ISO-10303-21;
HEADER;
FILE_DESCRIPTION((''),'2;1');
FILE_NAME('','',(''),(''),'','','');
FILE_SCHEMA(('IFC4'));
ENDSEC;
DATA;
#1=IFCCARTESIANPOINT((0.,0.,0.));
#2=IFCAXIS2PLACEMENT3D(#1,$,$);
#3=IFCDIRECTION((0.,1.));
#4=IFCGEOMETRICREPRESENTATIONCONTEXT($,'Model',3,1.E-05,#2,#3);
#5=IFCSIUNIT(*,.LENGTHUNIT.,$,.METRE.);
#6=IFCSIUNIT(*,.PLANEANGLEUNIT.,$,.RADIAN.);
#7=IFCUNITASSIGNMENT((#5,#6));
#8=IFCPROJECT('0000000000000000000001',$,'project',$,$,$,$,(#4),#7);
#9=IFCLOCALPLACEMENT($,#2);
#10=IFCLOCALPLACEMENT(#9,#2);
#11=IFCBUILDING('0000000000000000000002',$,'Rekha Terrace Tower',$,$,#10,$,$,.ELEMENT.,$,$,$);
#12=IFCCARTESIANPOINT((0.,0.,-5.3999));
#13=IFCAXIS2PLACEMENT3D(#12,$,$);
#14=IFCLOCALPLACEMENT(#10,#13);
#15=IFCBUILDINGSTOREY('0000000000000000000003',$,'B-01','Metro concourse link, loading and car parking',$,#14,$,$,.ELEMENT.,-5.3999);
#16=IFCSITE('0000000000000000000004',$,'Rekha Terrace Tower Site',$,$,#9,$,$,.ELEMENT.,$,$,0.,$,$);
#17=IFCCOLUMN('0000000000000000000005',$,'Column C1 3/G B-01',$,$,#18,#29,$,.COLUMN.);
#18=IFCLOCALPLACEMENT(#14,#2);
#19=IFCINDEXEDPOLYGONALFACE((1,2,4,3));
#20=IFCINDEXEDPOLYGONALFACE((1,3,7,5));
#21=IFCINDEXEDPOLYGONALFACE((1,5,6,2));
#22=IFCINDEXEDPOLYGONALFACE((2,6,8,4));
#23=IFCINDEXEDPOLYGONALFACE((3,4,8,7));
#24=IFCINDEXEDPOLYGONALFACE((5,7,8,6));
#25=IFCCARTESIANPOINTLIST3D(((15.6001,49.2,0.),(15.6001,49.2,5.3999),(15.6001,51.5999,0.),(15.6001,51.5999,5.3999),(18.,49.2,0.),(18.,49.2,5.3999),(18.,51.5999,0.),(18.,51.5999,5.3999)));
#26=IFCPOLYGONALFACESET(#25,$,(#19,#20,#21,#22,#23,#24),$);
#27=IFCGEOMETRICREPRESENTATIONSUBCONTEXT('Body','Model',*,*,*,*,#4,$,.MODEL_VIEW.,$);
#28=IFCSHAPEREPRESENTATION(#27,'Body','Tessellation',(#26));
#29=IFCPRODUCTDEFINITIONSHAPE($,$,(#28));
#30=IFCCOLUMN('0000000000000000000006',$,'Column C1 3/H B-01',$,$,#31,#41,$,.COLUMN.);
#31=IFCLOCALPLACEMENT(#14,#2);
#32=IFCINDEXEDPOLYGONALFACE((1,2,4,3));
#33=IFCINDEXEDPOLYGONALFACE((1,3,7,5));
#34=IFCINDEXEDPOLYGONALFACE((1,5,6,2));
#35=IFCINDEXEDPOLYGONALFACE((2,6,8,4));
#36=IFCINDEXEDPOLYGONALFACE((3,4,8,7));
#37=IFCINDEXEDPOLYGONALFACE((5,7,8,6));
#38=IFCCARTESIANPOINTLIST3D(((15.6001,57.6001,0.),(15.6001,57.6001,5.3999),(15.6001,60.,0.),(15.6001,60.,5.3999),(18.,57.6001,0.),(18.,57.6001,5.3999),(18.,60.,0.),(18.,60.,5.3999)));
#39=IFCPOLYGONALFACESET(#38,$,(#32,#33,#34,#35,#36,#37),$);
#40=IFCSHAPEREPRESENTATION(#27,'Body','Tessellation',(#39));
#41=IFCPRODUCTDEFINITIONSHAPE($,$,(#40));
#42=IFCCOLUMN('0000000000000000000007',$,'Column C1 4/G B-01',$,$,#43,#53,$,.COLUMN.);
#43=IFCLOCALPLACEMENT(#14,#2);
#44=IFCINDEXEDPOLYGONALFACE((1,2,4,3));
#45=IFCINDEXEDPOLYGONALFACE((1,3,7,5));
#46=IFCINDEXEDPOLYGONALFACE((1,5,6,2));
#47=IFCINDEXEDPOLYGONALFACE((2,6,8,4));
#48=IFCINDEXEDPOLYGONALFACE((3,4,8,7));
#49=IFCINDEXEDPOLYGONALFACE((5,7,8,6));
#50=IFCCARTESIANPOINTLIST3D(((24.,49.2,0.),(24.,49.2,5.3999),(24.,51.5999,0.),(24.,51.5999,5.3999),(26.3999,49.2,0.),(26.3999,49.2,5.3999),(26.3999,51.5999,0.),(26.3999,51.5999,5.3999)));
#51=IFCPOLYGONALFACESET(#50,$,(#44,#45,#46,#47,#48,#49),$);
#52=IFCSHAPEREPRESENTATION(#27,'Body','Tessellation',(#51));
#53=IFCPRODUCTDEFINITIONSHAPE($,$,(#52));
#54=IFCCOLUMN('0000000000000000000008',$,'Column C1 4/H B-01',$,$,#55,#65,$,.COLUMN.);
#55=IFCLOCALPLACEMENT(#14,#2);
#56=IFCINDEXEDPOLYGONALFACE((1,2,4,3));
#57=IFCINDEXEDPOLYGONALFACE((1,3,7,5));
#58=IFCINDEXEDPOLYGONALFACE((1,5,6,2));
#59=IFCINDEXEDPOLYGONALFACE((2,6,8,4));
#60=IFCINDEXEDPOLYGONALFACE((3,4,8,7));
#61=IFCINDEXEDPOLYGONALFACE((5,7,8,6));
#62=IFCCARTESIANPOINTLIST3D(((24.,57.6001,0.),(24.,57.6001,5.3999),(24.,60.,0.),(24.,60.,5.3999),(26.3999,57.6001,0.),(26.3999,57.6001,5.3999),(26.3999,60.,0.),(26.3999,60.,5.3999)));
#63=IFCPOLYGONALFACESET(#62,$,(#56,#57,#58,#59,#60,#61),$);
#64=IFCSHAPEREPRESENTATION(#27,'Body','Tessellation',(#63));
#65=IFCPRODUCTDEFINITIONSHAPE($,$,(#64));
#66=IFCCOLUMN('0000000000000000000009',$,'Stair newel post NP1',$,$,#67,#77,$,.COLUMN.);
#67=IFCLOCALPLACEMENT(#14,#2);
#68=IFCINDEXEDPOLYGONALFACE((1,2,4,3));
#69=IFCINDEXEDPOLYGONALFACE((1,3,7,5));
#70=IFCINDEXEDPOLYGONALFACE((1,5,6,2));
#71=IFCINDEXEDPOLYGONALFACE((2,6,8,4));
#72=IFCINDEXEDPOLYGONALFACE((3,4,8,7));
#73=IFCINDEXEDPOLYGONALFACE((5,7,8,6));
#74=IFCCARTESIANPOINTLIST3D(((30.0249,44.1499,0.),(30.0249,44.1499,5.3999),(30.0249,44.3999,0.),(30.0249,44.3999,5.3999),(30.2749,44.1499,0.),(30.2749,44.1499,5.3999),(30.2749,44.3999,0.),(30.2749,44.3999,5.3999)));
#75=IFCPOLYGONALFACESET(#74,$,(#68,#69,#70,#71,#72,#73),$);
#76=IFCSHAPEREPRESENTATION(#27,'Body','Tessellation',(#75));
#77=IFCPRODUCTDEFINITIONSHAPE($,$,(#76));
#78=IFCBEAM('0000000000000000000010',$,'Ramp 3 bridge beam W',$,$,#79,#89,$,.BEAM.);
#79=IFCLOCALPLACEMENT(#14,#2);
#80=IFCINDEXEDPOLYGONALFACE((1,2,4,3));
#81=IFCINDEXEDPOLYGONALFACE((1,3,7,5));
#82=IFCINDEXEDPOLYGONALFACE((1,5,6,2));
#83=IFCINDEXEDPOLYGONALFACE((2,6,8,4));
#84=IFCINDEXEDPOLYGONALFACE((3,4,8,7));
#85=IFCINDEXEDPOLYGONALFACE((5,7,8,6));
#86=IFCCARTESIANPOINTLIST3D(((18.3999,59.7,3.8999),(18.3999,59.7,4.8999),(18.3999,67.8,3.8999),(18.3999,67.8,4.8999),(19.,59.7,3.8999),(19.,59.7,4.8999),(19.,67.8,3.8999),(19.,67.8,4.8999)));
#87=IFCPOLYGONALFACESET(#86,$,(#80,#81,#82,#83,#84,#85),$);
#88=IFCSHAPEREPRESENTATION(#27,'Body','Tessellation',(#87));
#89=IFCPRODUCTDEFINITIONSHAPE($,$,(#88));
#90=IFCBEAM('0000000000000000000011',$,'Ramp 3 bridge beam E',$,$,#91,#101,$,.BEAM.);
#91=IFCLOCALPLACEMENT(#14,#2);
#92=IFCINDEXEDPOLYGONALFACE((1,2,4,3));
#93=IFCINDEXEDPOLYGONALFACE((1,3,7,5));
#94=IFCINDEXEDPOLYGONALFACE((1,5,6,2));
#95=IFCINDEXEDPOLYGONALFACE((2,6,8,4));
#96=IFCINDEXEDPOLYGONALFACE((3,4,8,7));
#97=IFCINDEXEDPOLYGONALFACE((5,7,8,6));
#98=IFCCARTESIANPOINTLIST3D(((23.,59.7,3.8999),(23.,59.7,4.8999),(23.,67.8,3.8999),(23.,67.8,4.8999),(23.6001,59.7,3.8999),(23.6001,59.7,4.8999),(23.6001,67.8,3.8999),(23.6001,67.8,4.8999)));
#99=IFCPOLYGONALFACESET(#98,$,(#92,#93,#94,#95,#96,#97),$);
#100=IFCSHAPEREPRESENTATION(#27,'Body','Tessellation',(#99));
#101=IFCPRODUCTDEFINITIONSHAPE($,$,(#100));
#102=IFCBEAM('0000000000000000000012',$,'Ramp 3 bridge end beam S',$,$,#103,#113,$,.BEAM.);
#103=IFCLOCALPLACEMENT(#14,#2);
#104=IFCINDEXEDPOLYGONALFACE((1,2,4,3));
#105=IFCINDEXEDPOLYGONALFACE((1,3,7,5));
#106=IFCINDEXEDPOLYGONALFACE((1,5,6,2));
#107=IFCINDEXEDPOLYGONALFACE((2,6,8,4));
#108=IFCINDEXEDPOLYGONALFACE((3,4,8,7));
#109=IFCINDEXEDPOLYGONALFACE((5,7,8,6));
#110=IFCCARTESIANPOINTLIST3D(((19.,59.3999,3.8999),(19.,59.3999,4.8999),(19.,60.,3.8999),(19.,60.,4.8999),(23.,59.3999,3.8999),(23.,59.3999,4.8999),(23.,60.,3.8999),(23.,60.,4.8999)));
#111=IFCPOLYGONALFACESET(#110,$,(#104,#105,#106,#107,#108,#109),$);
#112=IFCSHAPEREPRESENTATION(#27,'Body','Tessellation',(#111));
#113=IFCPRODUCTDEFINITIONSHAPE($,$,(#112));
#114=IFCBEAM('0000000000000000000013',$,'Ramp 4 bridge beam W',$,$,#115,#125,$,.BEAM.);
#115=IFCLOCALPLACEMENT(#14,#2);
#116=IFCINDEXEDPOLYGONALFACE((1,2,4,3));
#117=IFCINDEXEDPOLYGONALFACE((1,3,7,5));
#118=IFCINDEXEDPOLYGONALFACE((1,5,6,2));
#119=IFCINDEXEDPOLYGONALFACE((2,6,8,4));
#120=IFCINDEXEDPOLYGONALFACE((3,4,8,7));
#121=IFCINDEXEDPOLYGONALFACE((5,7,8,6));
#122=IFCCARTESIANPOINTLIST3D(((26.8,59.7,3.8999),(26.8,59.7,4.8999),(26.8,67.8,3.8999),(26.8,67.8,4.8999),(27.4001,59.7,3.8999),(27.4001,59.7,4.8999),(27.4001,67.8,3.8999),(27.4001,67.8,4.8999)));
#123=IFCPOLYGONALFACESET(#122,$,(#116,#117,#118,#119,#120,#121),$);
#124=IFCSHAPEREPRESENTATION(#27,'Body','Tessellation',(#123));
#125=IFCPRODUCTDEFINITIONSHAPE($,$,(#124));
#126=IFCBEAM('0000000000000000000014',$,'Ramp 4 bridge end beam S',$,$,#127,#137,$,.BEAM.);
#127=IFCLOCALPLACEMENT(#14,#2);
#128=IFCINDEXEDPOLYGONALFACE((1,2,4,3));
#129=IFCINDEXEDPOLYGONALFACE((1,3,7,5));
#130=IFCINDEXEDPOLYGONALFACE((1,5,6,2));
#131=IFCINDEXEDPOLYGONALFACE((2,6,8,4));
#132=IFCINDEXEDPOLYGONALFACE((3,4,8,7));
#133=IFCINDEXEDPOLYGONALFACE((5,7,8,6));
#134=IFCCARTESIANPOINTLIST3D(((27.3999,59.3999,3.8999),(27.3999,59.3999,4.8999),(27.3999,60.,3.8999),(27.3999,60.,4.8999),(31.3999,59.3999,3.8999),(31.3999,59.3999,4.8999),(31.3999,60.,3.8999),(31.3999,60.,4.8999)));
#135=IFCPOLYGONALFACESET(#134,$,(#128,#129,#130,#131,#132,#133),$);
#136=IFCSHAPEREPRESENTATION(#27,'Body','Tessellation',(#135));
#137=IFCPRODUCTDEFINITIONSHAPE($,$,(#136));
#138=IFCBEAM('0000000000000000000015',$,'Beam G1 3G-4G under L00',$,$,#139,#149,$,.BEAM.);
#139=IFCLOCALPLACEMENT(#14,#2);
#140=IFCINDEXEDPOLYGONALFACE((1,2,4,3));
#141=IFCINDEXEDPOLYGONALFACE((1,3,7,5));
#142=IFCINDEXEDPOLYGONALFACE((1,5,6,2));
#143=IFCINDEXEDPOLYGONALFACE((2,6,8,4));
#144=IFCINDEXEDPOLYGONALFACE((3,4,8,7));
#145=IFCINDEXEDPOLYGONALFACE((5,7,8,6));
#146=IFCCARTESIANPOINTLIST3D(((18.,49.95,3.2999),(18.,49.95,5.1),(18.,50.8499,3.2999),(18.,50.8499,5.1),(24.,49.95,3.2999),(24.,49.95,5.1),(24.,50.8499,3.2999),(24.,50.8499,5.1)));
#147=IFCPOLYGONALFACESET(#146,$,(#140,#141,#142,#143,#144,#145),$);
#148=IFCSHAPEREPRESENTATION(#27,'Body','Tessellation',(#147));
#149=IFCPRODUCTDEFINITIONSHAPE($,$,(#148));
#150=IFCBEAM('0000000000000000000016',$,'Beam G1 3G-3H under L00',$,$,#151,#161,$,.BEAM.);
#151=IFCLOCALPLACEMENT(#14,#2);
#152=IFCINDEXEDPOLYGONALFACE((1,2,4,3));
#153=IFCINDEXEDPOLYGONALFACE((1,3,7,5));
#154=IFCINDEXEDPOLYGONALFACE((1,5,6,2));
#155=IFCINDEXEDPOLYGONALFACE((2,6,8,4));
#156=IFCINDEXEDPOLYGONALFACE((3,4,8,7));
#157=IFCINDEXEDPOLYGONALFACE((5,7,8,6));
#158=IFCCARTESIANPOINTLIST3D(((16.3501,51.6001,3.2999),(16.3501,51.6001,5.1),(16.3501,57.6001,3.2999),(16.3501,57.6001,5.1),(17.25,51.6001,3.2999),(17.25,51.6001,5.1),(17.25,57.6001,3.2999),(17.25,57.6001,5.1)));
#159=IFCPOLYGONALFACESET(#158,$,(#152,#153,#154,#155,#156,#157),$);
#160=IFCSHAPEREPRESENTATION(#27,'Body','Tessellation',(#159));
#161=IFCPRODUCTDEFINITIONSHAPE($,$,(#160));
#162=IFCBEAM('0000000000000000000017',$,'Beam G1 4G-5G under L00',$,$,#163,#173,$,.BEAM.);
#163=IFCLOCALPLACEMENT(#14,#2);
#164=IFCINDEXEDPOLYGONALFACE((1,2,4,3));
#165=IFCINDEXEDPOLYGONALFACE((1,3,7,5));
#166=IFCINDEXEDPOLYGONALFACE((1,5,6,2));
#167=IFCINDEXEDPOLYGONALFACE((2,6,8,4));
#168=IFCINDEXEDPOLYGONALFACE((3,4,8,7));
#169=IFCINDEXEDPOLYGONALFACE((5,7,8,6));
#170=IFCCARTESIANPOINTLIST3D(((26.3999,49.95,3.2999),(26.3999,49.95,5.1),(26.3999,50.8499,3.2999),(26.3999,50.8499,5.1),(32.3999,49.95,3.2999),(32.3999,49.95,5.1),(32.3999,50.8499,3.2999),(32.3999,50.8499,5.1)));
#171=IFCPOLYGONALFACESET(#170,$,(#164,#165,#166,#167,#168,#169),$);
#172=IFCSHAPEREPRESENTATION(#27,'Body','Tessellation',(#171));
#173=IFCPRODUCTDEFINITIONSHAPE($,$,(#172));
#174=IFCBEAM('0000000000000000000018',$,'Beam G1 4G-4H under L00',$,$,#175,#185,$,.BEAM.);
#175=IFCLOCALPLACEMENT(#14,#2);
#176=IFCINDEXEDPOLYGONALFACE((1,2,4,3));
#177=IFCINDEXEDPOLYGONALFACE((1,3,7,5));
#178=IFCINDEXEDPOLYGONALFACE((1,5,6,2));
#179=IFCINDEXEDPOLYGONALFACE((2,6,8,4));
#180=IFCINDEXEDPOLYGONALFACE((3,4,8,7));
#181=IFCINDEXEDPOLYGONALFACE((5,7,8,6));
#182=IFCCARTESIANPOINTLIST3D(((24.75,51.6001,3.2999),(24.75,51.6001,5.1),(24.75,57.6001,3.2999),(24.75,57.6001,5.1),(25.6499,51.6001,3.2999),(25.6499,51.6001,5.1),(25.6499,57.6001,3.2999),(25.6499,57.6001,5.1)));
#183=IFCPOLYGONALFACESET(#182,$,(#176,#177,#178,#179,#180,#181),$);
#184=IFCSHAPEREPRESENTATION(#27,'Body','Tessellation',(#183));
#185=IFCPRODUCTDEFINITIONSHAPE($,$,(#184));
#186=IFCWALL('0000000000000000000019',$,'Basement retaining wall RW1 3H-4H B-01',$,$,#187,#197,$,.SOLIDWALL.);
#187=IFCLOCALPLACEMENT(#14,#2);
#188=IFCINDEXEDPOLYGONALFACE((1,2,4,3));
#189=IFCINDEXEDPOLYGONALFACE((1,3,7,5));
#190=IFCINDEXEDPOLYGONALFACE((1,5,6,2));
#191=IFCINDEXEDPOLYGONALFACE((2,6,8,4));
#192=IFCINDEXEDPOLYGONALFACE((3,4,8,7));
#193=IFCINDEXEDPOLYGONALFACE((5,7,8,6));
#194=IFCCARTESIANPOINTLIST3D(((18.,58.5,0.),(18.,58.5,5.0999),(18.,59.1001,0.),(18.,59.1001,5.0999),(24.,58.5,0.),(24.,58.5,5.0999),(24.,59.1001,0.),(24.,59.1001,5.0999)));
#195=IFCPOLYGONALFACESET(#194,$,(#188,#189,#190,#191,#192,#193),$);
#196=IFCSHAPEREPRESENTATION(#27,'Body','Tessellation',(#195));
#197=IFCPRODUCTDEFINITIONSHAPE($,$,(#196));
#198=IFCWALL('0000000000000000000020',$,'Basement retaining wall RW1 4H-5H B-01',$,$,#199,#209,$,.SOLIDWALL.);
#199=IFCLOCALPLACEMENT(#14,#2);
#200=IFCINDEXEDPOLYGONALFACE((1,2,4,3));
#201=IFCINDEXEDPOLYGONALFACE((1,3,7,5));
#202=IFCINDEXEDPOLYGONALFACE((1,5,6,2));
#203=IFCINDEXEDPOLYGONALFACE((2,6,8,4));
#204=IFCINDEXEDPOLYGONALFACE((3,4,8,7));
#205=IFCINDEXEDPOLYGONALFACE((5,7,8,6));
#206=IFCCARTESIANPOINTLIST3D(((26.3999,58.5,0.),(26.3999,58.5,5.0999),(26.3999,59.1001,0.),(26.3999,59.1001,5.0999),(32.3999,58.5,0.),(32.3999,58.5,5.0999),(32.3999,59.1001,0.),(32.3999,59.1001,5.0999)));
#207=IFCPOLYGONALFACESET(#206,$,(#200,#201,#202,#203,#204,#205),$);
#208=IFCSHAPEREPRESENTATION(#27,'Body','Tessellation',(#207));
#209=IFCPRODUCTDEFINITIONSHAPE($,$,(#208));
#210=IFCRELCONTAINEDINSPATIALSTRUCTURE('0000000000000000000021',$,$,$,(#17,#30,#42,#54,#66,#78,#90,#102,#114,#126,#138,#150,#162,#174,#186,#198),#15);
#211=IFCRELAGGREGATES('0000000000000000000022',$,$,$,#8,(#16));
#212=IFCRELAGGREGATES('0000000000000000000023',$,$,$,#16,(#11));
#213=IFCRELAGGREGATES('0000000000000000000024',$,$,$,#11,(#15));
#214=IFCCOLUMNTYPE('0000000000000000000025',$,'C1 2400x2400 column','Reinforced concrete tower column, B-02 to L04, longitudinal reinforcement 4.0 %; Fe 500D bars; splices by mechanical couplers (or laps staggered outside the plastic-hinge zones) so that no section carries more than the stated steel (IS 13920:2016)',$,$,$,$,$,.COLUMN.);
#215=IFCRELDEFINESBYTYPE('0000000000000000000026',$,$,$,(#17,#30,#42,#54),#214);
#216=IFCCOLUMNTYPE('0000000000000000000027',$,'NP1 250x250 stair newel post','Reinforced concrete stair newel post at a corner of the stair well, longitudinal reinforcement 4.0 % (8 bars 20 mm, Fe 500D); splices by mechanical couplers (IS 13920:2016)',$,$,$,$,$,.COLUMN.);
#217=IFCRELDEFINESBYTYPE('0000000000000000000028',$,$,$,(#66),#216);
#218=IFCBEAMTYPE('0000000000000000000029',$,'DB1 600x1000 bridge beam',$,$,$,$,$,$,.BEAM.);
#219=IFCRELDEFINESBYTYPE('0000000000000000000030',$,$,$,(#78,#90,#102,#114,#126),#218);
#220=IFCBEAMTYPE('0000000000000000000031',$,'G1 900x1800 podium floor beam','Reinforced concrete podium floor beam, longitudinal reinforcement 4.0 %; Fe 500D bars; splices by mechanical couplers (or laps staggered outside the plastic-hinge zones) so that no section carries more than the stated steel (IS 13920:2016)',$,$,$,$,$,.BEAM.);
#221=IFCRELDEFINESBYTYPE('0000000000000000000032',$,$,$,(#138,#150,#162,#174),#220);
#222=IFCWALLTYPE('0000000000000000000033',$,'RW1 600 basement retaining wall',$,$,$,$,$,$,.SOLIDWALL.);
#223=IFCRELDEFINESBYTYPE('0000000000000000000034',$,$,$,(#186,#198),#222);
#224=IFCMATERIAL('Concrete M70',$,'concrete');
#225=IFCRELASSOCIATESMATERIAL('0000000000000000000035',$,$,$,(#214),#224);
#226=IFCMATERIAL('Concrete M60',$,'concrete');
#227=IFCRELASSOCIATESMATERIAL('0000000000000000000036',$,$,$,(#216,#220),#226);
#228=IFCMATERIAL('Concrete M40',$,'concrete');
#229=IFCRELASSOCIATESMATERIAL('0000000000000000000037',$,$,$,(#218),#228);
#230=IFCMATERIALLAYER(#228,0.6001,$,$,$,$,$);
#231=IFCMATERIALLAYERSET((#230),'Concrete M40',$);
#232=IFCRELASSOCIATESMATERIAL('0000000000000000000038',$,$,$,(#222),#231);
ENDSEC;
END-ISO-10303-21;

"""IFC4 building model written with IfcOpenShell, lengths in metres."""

from ifc_helpers import new_model, si_unit, direction, frame, frame_2d, origin, origin_2d, place, context, subcontext, project, spatial, rectangle, extrude, material, layer, layer_set, material_profile, profile_set, type_object, element, save


model = new_model("IFC4")

# Units and contexts
model_context = context("Model", 3, precision=1e-05, world=origin(), true_north=direction((0.0, 1.0)))
body_context = subcontext(model_context, "Body", "Model", "MODEL_VIEW")
ifc_project = project(units=[si_unit("LENGTHUNIT", "METRE"), si_unit("PLANEANGLEUNIT", "RADIAN")], contexts=[model_context])

# Site, building, storey
site_placement = place(None, origin())
site = spatial("IfcSite", under=ifc_project, at=site_placement, Name="Rekha Terrace Tower Site", CompositionType="ELEMENT", RefElevation=0.0)
building_placement = place(site_placement, origin())
building = spatial("IfcBuilding", under=site, at=building_placement, Name="Rekha Terrace Tower", CompositionType="ELEMENT")
storey_placement = place(building_placement, frame((0.0, 0.0, -5.3999)))
storey = spatial("IfcBuildingStorey", under=building, at=storey_placement, Name="B-01", Description="Metro concourse link, loading and car parking", CompositionType="ELEMENT", Elevation=-5.3999)

# Columns
ifc_material_1 = material(Name="Concrete M70", Category="concrete")
ifc_material_profile_1 = material_profile(ifc_material_1, rectangle(XDim=2.3999, YDim=2.3999, at=origin_2d()), Name="RC 2400x2400")
ifc_profile_set_1 = profile_set([ifc_material_profile_1], Name="Concrete M70")
column_type_1 = type_object("IfcColumnType", Name="C1 2400x2400 column", Description="Reinforced concrete tower column, B-02 to L04, longitudinal reinforcement 4.0 %; Fe 500D bars; splices by mechanical couplers (or laps staggered outside the plastic-hinge zones) so that no section carries more than the stated steel (IS 13920:2016)", PredefinedType="COLUMN", material=ifc_profile_set_1)
for number, where, z_axis, x_axis, name in (
    (1, (16.8, 50.3999, 0.0), (0.0, 0.0, 1.0), (1.0, 0.0, 0.0), "Column C1 3/G B-01"),
    (2, (16.8, 58.8, 0.0), (0.0, 0.0, 1.0), (1.0, 0.0, 0.0), "Column C1 3/H B-01"),
    (3, (25.2, 50.3999, 0.0), (0.0, 0.0, 1.0), (1.0, 0.0, 0.0), "Column C1 4/G B-01"),
    (4, (25.2, 58.8, 0.0), (0.0, 0.0, 1.0), (1.0, 0.0, 0.0), "Column C1 4/H B-01"),
):
    element("IfcColumn", number, at=place(storey_placement, frame(where, z_axis=z_axis, x_axis=x_axis)), inside=storey, type_object=column_type_1, Name=name, PredefinedType="COLUMN", context=body_context, shape_type="SweptSolid", body=[
        extrude(rectangle(XDim=2.3999, YDim=2.3999, at=origin_2d()), origin(), (0.0, 0.0, 1.0), 5.3999),
    ])
ifc_material_2 = material(Name="Concrete M60", Category="concrete")
ifc_material_profile_2 = material_profile(ifc_material_2, rectangle(XDim=0.25, YDim=0.25, at=origin_2d()), Name="RC 250x250")
ifc_profile_set_2 = profile_set([ifc_material_profile_2], Name="Concrete M60")
column_type_2 = type_object("IfcColumnType", Name="NP1 250x250 stair newel post", Description="Reinforced concrete stair newel post at a corner of the stair well, longitudinal reinforcement 4.0 % (8 bars 20 mm, Fe 500D); splices by mechanical couplers (IS 13920:2016)", PredefinedType="COLUMN", material=ifc_profile_set_2)
column_placement = place(storey_placement, frame((30.1499, 44.2749, 0.0), z_axis=(0.0, 0.0, 1.0), x_axis=(1.0, 0.0, 0.0)))
element("IfcColumn", 5, at=column_placement, inside=storey, type_object=column_type_2, Name="Stair newel post NP1", PredefinedType="COLUMN", context=body_context, shape_type="SweptSolid", body=[
    extrude(rectangle(XDim=0.25, YDim=0.25, at=origin_2d()), origin(), (0.0, 0.0, 1.0), 5.3999),
])

# Beams
ifc_material_3 = material(Name="Concrete M40", Category="concrete")
ifc_material_profile_3 = material_profile(ifc_material_3, rectangle(XDim=0.6001, YDim=1.0, at=origin_2d()), Name="RC 600x1000")
ifc_profile_set_3 = profile_set([ifc_material_profile_3], Name="Concrete M40")
beam_type_1 = type_object("IfcBeamType", Name="DB1 600x1000 bridge beam", PredefinedType="BEAM", material=ifc_profile_set_3)
for number, where, z_axis, x_axis, name in (
    (6, (18.7, 59.7, 4.3999), (0.0, 1.0, 0.0), (-1.0, 0.0, 0.0), "Ramp 3 bridge beam W"),
    (7, (23.3, 59.7, 4.3999), (0.0, 1.0, 0.0), (-1.0, 0.0, 0.0), "Ramp 3 bridge beam E"),
):
    element("IfcBeam", number, at=place(storey_placement, frame(where, z_axis=z_axis, x_axis=x_axis)), inside=storey, type_object=beam_type_1, Name=name, PredefinedType="BEAM", context=body_context, shape_type="SweptSolid", body=[
        extrude(rectangle(XDim=0.6001, YDim=1.0, at=origin_2d()), origin(), (0.0, 0.0, 1.0), 8.1001),
    ])
beam_1_placement = place(storey_placement, frame((19.0, 59.7, 4.3999), z_axis=(1.0, 0.0, 0.0), x_axis=(0.0, 1.0, 0.0)))
element("IfcBeam", 8, at=beam_1_placement, inside=storey, type_object=beam_type_1, Name="Ramp 3 bridge end beam S", PredefinedType="BEAM", context=body_context, shape_type="SweptSolid", body=[
    extrude(rectangle(XDim=0.6001, YDim=1.0, at=origin_2d()), origin(), (0.0, 0.0, 1.0), 4.0),
])
beam_2_placement = place(storey_placement, frame((27.1001, 59.7, 4.3999), z_axis=(0.0, 1.0, 0.0), x_axis=(-1.0, 0.0, 0.0)))
element("IfcBeam", 9, at=beam_2_placement, inside=storey, type_object=beam_type_1, Name="Ramp 4 bridge beam W", PredefinedType="BEAM", context=body_context, shape_type="SweptSolid", body=[
    extrude(rectangle(XDim=0.6001, YDim=1.0, at=origin_2d()), origin(), (0.0, 0.0, 1.0), 8.1001),
])
beam_3_placement = place(storey_placement, frame((27.3999, 59.7, 4.3999), z_axis=(1.0, 0.0, 0.0), x_axis=(0.0, 1.0, 0.0)))
element("IfcBeam", 10, at=beam_3_placement, inside=storey, type_object=beam_type_1, Name="Ramp 4 bridge end beam S", PredefinedType="BEAM", context=body_context, shape_type="SweptSolid", body=[
    extrude(rectangle(XDim=0.6001, YDim=1.0, at=origin_2d()), origin(), (0.0, 0.0, 1.0), 4.0),
])
ifc_material_profile_4 = material_profile(ifc_material_2, rectangle(XDim=0.8999, YDim=1.8, at=origin_2d()), Name="RC 900x1800")
ifc_profile_set_4 = profile_set([ifc_material_profile_4], Name="Concrete M60")
beam_type_2 = type_object("IfcBeamType", Name="G1 900x1800 podium floor beam", Description="Reinforced concrete podium floor beam, longitudinal reinforcement 4.0 %; Fe 500D bars; splices by mechanical couplers (or laps staggered outside the plastic-hinge zones) so that no section carries more than the stated steel (IS 13920:2016)", PredefinedType="BEAM", material=ifc_profile_set_4)
for number, where, z_axis, x_axis, name in (
    (11, (18.0, 50.3999, 4.2), (1.0, 0.0, 0.0), (0.0, 1.0, 0.0), "Beam G1 3G-4G under L00"),
    (12, (16.8, 51.6001, 4.2), (0.0, 1.0, 0.0), (-1.0, 0.0, 0.0), "Beam G1 3G-3H under L00"),
    (13, (26.3999, 50.3999, 4.2), (1.0, 0.0, 0.0), (0.0, 1.0, 0.0), "Beam G1 4G-5G under L00"),
    (14, (25.2, 51.6001, 4.2), (0.0, 1.0, 0.0), (-1.0, 0.0, 0.0), "Beam G1 4G-4H under L00"),
):
    element("IfcBeam", number, at=place(storey_placement, frame(where, z_axis=z_axis, x_axis=x_axis)), inside=storey, type_object=beam_type_2, Name=name, PredefinedType="BEAM", context=body_context, shape_type="SweptSolid", body=[
        extrude(rectangle(XDim=0.8999, YDim=1.8, at=origin_2d()), origin(), (0.0, 0.0, 1.0), 6.0),
    ])

# Walls
ifc_layer_1 = layer(ifc_material_3, 0.6001)
ifc_layer_set_1 = layer_set([ifc_layer_1], Name="Concrete M40")
wall_type_1 = type_object("IfcWallType", Name="RW1 600 basement retaining wall", PredefinedType="SOLIDWALL", material=ifc_layer_set_1)
for number, where, z_axis, x_axis, name in (
    (15, (18.0, 58.8, 0.0), (0.0, 0.0, 1.0), (1.0, 0.0, 0.0), "Basement retaining wall RW1 3H-4H B-01"),
    (16, (26.3999, 58.8, 0.0), (0.0, 0.0, 1.0), (1.0, 0.0, 0.0), "Basement retaining wall RW1 4H-5H B-01"),
):
    element("IfcWall", number, at=place(storey_placement, frame(where, z_axis=z_axis, x_axis=x_axis)), inside=storey, type_object=wall_type_1, Name=name, PredefinedType="SOLIDWALL", context=body_context, shape_type="SweptSolid", body=[
        extrude(rectangle(XDim=6.0, YDim=0.6001, at=frame_2d((3.0, 0.0))), origin(), (0.0, 0.0, 1.0), 5.0999),
    ])

save(model, "model.ifc")
